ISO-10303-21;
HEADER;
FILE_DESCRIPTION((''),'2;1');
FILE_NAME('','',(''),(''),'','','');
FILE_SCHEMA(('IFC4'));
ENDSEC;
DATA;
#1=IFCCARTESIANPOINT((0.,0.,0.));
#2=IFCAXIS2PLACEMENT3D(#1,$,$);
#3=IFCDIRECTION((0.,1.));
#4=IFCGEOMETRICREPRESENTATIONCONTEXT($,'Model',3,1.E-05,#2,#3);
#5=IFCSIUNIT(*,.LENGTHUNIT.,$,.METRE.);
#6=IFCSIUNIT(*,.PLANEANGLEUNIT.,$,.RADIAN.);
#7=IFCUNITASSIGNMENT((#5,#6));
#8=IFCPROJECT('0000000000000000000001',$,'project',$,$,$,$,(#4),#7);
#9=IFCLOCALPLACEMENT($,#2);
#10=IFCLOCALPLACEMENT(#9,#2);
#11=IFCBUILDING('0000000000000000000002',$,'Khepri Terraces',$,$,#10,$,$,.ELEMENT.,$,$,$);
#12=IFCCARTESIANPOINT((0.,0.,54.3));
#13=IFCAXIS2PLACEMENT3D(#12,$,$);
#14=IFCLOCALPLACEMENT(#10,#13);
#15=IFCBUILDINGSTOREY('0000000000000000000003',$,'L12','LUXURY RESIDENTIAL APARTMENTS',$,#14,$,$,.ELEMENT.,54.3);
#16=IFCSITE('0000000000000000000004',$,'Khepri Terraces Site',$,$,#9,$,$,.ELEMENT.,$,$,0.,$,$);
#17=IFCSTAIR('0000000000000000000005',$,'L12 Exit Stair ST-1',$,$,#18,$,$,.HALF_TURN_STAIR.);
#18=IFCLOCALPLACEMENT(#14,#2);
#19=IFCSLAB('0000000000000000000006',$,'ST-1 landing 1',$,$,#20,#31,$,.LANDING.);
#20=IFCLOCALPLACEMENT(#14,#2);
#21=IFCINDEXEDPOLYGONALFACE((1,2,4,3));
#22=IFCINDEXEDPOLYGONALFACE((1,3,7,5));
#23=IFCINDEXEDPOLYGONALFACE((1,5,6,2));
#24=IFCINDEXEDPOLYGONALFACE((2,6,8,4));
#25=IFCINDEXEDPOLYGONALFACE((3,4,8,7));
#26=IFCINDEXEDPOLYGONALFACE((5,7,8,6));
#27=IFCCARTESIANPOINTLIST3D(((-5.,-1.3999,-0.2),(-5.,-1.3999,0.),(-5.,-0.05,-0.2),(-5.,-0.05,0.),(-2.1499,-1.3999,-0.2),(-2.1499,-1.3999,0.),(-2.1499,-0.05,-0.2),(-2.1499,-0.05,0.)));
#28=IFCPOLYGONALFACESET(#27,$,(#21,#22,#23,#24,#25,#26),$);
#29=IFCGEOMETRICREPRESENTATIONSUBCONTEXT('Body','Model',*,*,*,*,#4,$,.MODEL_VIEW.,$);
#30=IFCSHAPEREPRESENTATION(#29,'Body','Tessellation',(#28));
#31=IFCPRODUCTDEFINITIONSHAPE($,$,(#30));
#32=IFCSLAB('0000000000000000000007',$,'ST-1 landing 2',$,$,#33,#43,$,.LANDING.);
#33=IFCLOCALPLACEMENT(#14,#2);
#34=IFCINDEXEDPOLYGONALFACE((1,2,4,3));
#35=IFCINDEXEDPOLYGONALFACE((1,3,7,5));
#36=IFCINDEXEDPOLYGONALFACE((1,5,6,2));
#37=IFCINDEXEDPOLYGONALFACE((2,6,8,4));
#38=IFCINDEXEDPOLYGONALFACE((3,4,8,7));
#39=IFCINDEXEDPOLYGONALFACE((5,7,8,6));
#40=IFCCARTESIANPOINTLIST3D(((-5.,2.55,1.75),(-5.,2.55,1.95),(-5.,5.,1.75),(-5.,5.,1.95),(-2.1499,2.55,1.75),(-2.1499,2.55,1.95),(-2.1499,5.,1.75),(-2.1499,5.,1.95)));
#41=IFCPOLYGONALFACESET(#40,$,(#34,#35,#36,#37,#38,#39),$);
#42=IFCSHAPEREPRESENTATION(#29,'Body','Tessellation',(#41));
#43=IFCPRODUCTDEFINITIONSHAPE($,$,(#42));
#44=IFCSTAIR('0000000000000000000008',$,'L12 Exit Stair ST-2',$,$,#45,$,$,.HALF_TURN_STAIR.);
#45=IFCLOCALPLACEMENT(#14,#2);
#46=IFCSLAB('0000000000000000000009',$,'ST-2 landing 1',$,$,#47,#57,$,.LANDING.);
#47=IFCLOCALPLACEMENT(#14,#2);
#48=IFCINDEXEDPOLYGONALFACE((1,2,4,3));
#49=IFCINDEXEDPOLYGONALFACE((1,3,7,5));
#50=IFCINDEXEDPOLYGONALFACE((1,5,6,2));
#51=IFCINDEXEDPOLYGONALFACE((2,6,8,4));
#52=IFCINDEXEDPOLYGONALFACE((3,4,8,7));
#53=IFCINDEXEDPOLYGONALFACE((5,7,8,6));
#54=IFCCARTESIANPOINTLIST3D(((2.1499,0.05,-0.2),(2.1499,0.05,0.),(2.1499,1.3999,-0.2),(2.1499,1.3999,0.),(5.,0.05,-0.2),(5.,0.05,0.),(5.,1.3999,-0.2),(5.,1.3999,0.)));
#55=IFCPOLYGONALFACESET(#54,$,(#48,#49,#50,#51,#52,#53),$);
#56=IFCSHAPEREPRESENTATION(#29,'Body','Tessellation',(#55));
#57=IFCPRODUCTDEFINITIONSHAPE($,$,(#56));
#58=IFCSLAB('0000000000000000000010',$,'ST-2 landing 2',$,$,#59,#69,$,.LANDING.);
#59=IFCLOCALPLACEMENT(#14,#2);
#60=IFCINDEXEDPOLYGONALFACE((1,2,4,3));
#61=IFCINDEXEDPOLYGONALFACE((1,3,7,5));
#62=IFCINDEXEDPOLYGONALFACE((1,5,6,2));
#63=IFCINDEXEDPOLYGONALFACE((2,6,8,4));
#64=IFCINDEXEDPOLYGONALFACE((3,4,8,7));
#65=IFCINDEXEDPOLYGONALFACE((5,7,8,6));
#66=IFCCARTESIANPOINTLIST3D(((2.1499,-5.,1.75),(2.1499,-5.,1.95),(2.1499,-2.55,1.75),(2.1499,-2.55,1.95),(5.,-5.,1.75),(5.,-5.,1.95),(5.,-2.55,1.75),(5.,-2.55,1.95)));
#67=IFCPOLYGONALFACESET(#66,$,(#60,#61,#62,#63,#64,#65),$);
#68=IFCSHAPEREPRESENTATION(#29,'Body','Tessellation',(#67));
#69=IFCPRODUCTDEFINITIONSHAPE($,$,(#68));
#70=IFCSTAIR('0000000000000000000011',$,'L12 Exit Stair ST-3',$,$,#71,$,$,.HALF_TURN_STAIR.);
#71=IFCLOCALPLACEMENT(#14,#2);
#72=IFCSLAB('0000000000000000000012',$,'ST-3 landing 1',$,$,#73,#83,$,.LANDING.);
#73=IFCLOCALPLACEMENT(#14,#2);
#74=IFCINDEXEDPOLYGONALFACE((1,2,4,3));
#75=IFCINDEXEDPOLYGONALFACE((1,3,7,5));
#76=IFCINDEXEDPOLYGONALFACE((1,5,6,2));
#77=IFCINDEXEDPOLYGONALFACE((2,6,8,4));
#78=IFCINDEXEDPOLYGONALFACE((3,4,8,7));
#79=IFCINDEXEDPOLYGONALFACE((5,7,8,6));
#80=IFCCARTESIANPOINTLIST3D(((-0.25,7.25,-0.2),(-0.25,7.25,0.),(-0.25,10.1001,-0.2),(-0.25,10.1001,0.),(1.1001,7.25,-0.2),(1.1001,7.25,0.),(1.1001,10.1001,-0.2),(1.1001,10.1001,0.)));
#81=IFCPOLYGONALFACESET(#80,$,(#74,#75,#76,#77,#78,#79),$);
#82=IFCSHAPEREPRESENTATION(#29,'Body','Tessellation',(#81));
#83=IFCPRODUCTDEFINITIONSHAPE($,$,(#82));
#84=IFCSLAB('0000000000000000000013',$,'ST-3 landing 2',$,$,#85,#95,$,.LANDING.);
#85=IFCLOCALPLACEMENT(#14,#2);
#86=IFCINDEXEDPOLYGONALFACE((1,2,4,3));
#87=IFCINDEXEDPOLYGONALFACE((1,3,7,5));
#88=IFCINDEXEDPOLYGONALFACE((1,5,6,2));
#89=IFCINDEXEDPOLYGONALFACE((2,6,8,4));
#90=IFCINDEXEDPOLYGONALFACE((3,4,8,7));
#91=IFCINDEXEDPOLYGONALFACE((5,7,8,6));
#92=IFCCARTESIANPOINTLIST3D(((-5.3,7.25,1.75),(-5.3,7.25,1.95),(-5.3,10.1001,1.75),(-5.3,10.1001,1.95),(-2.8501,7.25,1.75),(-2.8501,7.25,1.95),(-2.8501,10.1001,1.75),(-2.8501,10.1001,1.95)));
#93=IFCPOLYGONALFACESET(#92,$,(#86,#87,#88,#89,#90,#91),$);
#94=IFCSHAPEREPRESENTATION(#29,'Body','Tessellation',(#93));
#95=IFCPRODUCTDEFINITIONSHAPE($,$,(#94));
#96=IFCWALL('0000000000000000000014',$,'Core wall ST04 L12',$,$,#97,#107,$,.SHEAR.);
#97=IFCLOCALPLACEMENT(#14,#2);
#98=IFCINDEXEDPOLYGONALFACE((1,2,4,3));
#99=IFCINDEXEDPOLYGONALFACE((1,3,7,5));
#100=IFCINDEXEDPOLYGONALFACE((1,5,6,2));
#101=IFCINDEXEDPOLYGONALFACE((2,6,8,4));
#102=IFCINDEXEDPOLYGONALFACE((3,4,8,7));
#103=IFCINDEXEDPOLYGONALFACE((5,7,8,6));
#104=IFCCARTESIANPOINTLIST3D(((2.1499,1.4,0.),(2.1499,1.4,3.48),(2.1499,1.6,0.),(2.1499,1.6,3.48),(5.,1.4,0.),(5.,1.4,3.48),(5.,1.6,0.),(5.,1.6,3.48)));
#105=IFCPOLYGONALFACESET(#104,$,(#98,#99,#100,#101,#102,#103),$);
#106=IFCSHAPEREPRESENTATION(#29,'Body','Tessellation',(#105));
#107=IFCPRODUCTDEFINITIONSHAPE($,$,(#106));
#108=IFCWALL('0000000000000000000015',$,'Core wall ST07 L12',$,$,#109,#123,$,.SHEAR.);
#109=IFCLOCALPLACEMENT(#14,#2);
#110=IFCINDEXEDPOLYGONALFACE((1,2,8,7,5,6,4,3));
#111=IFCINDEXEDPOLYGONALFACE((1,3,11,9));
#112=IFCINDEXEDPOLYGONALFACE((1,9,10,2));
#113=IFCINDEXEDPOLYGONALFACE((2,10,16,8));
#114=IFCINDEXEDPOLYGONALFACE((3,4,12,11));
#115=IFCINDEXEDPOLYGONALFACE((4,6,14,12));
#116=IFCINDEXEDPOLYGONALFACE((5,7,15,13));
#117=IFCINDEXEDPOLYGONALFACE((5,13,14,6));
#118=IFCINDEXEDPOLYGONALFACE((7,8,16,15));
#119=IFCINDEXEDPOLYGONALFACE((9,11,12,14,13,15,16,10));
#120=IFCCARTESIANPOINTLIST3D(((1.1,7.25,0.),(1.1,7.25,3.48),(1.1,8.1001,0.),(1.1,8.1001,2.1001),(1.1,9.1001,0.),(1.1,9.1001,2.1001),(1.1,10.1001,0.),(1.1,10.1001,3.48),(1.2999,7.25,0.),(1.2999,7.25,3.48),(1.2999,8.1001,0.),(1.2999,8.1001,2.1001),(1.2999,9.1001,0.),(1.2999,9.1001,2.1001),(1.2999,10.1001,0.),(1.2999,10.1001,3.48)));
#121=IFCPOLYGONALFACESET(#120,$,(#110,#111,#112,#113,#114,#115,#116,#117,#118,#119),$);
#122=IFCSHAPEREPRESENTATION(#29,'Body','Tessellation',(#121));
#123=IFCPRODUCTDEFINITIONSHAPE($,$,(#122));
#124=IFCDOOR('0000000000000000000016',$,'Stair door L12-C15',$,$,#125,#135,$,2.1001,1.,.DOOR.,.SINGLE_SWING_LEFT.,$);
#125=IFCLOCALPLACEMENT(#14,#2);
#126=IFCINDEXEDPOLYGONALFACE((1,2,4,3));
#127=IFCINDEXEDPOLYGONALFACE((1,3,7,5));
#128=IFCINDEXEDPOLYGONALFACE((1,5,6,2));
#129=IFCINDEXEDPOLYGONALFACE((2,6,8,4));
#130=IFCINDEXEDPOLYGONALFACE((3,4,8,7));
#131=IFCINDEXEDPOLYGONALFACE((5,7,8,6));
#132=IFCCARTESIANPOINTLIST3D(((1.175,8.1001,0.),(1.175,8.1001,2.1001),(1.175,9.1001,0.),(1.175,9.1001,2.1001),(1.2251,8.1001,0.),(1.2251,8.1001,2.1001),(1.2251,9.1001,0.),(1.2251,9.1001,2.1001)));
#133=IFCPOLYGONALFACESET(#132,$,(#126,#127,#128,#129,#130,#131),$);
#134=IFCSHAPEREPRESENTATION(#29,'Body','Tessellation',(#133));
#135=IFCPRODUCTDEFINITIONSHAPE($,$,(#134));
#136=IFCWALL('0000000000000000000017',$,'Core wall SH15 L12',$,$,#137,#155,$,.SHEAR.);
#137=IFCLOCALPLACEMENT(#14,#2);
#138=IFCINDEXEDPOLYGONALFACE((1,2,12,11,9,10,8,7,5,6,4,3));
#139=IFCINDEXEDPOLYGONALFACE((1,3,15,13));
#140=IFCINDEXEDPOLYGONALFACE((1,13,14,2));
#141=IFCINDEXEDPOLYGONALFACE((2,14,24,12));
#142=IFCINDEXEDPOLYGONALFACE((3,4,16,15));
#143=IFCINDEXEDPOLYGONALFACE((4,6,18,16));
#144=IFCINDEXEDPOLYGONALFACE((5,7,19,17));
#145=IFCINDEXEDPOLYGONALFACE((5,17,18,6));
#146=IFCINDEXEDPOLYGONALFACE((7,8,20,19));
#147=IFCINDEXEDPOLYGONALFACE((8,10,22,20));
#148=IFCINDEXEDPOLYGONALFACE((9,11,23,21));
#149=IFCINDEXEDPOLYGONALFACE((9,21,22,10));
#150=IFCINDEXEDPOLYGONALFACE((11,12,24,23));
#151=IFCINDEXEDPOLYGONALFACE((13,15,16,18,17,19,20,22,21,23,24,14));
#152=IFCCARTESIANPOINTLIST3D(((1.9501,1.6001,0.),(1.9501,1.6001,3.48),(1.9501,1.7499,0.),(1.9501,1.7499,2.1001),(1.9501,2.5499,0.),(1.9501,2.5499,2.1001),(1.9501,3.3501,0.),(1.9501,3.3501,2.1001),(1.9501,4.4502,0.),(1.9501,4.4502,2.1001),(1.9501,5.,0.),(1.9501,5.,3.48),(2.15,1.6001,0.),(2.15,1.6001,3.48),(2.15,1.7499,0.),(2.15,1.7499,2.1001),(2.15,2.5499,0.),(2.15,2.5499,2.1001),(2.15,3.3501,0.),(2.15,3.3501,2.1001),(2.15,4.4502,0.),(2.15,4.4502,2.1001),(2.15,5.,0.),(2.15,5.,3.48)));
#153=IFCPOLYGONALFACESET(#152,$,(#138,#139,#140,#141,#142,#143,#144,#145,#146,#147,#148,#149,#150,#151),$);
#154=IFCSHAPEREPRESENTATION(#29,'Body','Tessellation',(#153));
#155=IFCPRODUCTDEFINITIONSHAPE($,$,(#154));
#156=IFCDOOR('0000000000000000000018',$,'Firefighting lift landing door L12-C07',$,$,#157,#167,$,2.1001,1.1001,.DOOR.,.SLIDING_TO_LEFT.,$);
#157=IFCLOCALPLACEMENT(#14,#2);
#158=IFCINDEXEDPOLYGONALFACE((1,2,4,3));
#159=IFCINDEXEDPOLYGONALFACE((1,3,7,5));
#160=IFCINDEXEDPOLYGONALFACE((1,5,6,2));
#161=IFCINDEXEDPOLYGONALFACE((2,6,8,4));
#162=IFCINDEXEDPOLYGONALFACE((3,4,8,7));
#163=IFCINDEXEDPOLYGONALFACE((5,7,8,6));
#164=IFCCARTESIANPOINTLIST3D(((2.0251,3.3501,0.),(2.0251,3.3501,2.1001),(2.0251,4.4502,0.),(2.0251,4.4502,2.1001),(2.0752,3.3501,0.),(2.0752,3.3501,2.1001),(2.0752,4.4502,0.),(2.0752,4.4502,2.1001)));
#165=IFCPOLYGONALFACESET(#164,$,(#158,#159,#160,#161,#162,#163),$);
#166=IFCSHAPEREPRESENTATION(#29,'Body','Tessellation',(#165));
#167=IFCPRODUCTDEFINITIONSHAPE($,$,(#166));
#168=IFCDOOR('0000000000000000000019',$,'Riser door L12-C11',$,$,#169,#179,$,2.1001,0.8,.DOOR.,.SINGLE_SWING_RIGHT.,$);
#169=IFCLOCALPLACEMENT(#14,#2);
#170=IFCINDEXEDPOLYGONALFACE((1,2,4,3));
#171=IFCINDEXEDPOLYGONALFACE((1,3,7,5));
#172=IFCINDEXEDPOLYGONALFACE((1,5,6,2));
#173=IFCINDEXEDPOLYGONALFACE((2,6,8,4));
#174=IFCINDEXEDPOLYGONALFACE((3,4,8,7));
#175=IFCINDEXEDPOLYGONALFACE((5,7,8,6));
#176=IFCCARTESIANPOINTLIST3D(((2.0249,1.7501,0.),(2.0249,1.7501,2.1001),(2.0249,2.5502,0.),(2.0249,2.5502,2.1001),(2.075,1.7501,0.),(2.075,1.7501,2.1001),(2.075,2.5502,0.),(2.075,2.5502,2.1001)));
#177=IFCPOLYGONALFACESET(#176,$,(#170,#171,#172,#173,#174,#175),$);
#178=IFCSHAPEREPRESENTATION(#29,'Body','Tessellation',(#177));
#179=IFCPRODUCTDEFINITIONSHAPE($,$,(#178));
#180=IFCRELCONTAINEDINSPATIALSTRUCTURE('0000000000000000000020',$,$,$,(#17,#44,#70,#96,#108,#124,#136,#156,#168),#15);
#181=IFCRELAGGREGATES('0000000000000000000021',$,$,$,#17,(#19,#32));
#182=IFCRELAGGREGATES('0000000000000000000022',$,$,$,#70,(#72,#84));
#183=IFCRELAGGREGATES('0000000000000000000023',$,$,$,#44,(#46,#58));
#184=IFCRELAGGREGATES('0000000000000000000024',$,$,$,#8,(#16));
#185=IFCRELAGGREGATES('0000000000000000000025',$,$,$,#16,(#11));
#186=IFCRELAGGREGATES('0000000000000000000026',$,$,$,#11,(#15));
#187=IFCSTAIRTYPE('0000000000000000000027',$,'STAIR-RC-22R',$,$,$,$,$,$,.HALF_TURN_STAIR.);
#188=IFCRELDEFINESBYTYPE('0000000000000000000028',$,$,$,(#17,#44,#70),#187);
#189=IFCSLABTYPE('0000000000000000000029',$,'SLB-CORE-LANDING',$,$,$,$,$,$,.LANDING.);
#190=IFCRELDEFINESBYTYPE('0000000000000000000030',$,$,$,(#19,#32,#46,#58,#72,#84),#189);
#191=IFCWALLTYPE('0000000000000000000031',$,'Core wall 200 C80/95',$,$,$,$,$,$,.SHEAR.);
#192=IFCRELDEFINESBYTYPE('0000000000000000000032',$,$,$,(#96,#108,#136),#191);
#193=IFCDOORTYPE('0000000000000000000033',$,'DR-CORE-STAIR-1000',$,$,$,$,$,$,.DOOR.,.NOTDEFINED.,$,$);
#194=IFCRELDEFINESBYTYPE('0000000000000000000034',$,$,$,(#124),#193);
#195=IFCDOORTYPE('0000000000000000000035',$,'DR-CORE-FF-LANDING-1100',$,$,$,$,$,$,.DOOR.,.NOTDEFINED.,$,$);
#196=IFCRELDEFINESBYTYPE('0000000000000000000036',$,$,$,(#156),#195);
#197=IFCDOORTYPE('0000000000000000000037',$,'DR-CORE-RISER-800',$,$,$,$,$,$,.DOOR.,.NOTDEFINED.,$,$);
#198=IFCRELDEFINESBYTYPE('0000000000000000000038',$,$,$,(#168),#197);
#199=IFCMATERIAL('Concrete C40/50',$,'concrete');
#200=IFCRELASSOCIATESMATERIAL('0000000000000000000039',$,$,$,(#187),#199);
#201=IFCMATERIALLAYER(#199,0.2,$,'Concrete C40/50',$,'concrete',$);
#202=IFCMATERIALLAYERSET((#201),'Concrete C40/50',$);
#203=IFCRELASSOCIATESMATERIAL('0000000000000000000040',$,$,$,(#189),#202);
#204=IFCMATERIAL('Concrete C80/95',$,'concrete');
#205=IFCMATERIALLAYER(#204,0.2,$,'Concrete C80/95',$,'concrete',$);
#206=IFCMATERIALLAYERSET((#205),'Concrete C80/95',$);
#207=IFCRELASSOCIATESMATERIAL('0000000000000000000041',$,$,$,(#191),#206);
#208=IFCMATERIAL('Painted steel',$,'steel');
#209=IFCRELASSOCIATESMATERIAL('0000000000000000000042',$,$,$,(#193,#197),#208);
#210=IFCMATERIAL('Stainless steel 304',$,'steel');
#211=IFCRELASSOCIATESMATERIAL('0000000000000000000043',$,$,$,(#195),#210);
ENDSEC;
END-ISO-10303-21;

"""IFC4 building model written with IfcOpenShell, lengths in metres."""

from ifc_helpers import new_model, si_unit, direction, frame, frame_2d, origin, place, context, subcontext, project, spatial, polyline, rectangle, outline, extrude, material, layer, layer_set, type_object, element, fill, aggregate, save


model = new_model("IFC4")

# Units and contexts
model_context = context("Model", 3, precision=1e-05, world=origin(), true_north=direction((0.0, 1.0)))
body_context = subcontext(model_context, "Body", "Model", "MODEL_VIEW")
ifc_project = project(units=[si_unit("LENGTHUNIT", "METRE"), si_unit("PLANEANGLEUNIT", "RADIAN")], contexts=[model_context])

# Site, building, storey
site_placement = place(None, origin())
site = spatial("IfcSite", under=ifc_project, at=site_placement, Name="Khepri Terraces Site", CompositionType="ELEMENT", RefElevation=0.0)
building_placement = place(site_placement, origin())
building = spatial("IfcBuilding", under=site, at=building_placement, Name="Khepri Terraces", CompositionType="ELEMENT")
storey_placement = place(building_placement, frame((0.0, 0.0, 54.3)))
storey = spatial("IfcBuildingStorey", under=building, at=storey_placement, Name="L12", Description="LUXURY RESIDENTIAL APARTMENTS", CompositionType="ELEMENT", Elevation=54.3)

# Stairs, slabs
ifc_material_1 = material(Name="Concrete C40/50", Category="concrete")
stair_type = type_object("IfcStairType", Name="STAIR-RC-22R", PredefinedType="HALF_TURN_STAIR", material=ifc_material_1)
stair_1_placement = place(storey_placement, origin())
stair_1 = element("IfcStair", 1, at=stair_1_placement, inside=storey, type_object=stair_type, Name="L12 Exit Stair ST-1", PredefinedType="HALF_TURN_STAIR")
ifc_layer_1 = layer(ifc_material_1, 0.2, Name="Concrete C40/50", Category="concrete")
ifc_layer_set_1 = layer_set([ifc_layer_1], Name="Concrete C40/50")
slab_type = type_object("IfcSlabType", Name="SLB-CORE-LANDING", PredefinedType="LANDING", material=ifc_layer_set_1)
slab_1_placement = place(storey_placement, frame((0.0, 0.0, -0.2)))
slab_1 = element("IfcSlab", 2, at=slab_1_placement, type_object=slab_type, Name="ST-1 landing 1", PredefinedType="LANDING", context=body_context, shape_type="SweptSolid", body=[
    extrude(outline(polyline([(-2.1499, -1.3999), (-2.1499, -0.05), (-5.0, -0.05), (-5.0, -1.3999), (-2.1499, -1.3999)])), origin(), (0.0, 0.0, 1.0), 0.2),
])
slab_2_placement = place(storey_placement, frame((0.0, 0.0, 1.75)))
slab_2 = element("IfcSlab", 3, at=slab_2_placement, type_object=slab_type, Name="ST-1 landing 2", PredefinedType="LANDING", context=body_context, shape_type="SweptSolid", body=[
    extrude(outline(polyline([(-2.1499, 2.55), (-2.1499, 5.0), (-5.0, 5.0), (-5.0, 2.55), (-2.1499, 2.55)])), origin(), (0.0, 0.0, 1.0), 0.2),
])
aggregate(stair_1, [slab_1, slab_2])
stair_2_placement = place(storey_placement, origin())
stair_2 = element("IfcStair", 4, at=stair_2_placement, inside=storey, type_object=stair_type, Name="L12 Exit Stair ST-2", PredefinedType="HALF_TURN_STAIR")
slab_3_placement = place(storey_placement, frame((0.0, 0.0, -0.2)))
slab_3 = element("IfcSlab", 5, at=slab_3_placement, type_object=slab_type, Name="ST-2 landing 1", PredefinedType="LANDING", context=body_context, shape_type="SweptSolid", body=[
    extrude(outline(polyline([(2.1499, 1.3999), (2.1499, 0.05), (5.0, 0.05), (5.0, 1.3999), (2.1499, 1.3999)])), origin(), (0.0, 0.0, 1.0), 0.2),
])
slab_4_placement = place(storey_placement, frame((0.0, 0.0, 1.75)))
slab_4 = element("IfcSlab", 6, at=slab_4_placement, type_object=slab_type, Name="ST-2 landing 2", PredefinedType="LANDING", context=body_context, shape_type="SweptSolid", body=[
    extrude(outline(polyline([(2.1499, -2.55), (2.1499, -5.0), (5.0, -5.0), (5.0, -2.55), (2.1499, -2.55)])), origin(), (0.0, 0.0, 1.0), 0.2),
])
stair_3_placement = place(storey_placement, origin())
stair_3 = element("IfcStair", 7, at=stair_3_placement, inside=storey, type_object=stair_type, Name="L12 Exit Stair ST-3", PredefinedType="HALF_TURN_STAIR")
slab_5_placement = place(storey_placement, frame((0.0, 0.0, -0.2)))
slab_5 = element("IfcSlab", 8, at=slab_5_placement, type_object=slab_type, Name="ST-3 landing 1", PredefinedType="LANDING", context=body_context, shape_type="SweptSolid", body=[
    extrude(outline(polyline([(1.1001, 10.1001), (-0.25, 10.1001), (-0.25, 7.25), (1.1001, 7.25), (1.1001, 10.1001)])), origin(), (0.0, 0.0, 1.0), 0.2),
])
slab_6_placement = place(storey_placement, frame((0.0, 0.0, 1.75)))
slab_6 = element("IfcSlab", 9, at=slab_6_placement, type_object=slab_type, Name="ST-3 landing 2", PredefinedType="LANDING", context=body_context, shape_type="SweptSolid", body=[
    extrude(outline(polyline([(-2.8501, 10.1001), (-5.3, 10.1001), (-5.3, 7.25), (-2.8501, 7.25), (-2.8501, 10.1001)])), origin(), (0.0, 0.0, 1.0), 0.2),
])
aggregate(stair_3, [slab_5, slab_6])

# Wall
ifc_material_2 = material(Name="Concrete C80/95", Category="concrete")
ifc_layer_2 = layer(ifc_material_2, 0.2, Name="Concrete C80/95", Category="concrete")
ifc_layer_set_2 = layer_set([ifc_layer_2], Name="Concrete C80/95")
wall_type = type_object("IfcWallType", Name="Core wall 200 C80/95", PredefinedType="SHEAR", material=ifc_layer_set_2)
wall_1_placement = place(storey_placement, frame((2.1499, 1.5, 0.0), z_axis=(0.0, 0.0, 1.0), x_axis=(1.0, 0.0, 0.0)))
element("IfcWall", 10, at=wall_1_placement, inside=storey, type_object=wall_type, Name="Core wall ST04 L12", PredefinedType="SHEAR", context=body_context, shape_type="SweptSolid", body=[
    extrude(rectangle(XDim=2.8501, YDim=0.2, at=frame_2d((1.425, 0.0))), origin(), (0.0, 0.0, 1.0), 3.48),
])

# Wall, opening, door
wall_2_placement = place(storey_placement, frame((1.2, 7.25, 0.0), z_axis=(0.0, 0.0, 1.0), x_axis=(0.0, 1.0, 0.0)))
wall_2 = element("IfcWall", 11, at=wall_2_placement, inside=storey, type_object=wall_type, Name="Core wall ST07 L12", PredefinedType="SHEAR", context=body_context, shape_type="SweptSolid", body=[
    extrude(rectangle(XDim=2.8501, YDim=0.2, at=frame_2d((1.425, 0.0))), origin(), (0.0, 0.0, 1.0), 3.48),
])
opening_1_placement = place(wall_2_placement, frame((0.8501, 0.0, 0.0)))
opening_1 = element("IfcOpeningElement", 12, at=opening_1_placement, cuts=wall_2, PredefinedType="OPENING", context=body_context, shape_type="SweptSolid", body=[
    extrude(rectangle(XDim=1.0, YDim=2.1001, at=frame_2d((0.5, 1.05))), frame((0.0, 0.1099, 0.0), z_axis=(0.0, -1.0, 0.0), x_axis=(1.0, 0.0, 0.0)), (0.0, 0.0, 1.0), 0.22),
])
ifc_material_3 = material(Name="Painted steel", Category="steel")
door_type_1 = type_object("IfcDoorType", Name="DR-CORE-STAIR-1000", OperationType="NOTDEFINED", PredefinedType="DOOR", material=ifc_material_3)
door_1_placement = place(opening_1_placement, origin())
door_1 = element("IfcDoor", 13, at=door_1_placement, inside=storey, type_object=door_type_1, Name="Stair door L12-C15", OperationType="SINGLE_SWING_LEFT", OverallHeight=2.1001, OverallWidth=1.0, PredefinedType="DOOR", context=body_context, shape_type="SweptSolid", body=[
    extrude(rectangle(XDim=1.0, YDim=2.1001, at=frame_2d((0.5, 1.05))), frame((0.0, 0.0249, 0.0), z_axis=(0.0, -1.0, 0.0), x_axis=(1.0, 0.0, 0.0)), (0.0, 0.0, 1.0), 0.05),
])
fill(opening_1, door_1)

# Wall, openings, doors
wall_3_placement = place(storey_placement, frame((2.05, 1.6001, 0.0), z_axis=(0.0, 0.0, 1.0), x_axis=(0.0, 1.0, 0.0)))
wall_3 = element("IfcWall", 14, at=wall_3_placement, inside=storey, type_object=wall_type, Name="Core wall SH15 L12", PredefinedType="SHEAR", context=body_context, shape_type="SweptSolid", body=[
    extrude(rectangle(XDim=3.3999, YDim=0.2, at=frame_2d((1.7, 0.0))), origin(), (0.0, 0.0, 1.0), 3.48),
])
opening_2_placement = place(wall_3_placement, frame((1.75, 0.0, 0.0)))
opening_2 = element("IfcOpeningElement", 15, at=opening_2_placement, cuts=wall_3, PredefinedType="OPENING", context=body_context, shape_type="SweptSolid", body=[
    extrude(rectangle(XDim=1.1001, YDim=2.1001, at=frame_2d((0.55, 1.05))), frame((0.0, 0.1099, 0.0), z_axis=(0.0, -1.0, 0.0), x_axis=(1.0, 0.0, 0.0)), (0.0, 0.0, 1.0), 0.22),
])
opening_3_placement = place(wall_3_placement, frame((0.1499, 0.0, 0.0)))
opening_3 = element("IfcOpeningElement", 16, at=opening_3_placement, cuts=wall_3, PredefinedType="OPENING", context=body_context, shape_type="SweptSolid", body=[
    extrude(rectangle(XDim=0.8, YDim=2.1001, at=frame_2d((0.3999, 1.05))), frame((0.0, 0.1099, 0.0), z_axis=(0.0, -1.0, 0.0), x_axis=(1.0, 0.0, 0.0)), (0.0, 0.0, 1.0), 0.22),
])
ifc_material_4 = material(Name="Stainless steel 304", Category="steel")
door_type_2 = type_object("IfcDoorType", Name="DR-CORE-FF-LANDING-1100", OperationType="NOTDEFINED", PredefinedType="DOOR", material=ifc_material_4)
door_2_placement = place(opening_2_placement, origin())
door_2 = element("IfcDoor", 17, at=door_2_placement, inside=storey, type_object=door_type_2, Name="Firefighting lift landing door L12-C07", OperationType="SLIDING_TO_LEFT", OverallHeight=2.1001, OverallWidth=1.1001, PredefinedType="DOOR", context=body_context, shape_type="SweptSolid", body=[
    extrude(rectangle(XDim=1.1001, YDim=2.1001, at=frame_2d((0.55, 1.05))), frame((0.0, 0.0249, 0.0), z_axis=(0.0, -1.0, 0.0), x_axis=(1.0, 0.0, 0.0)), (0.0, 0.0, 1.0), 0.05),
])
fill(opening_2, door_2)
door_type_3 = type_object("IfcDoorType", Name="DR-CORE-RISER-800", OperationType="NOTDEFINED", PredefinedType="DOOR", material=ifc_material_3)
door_3_placement = place(opening_3_placement, frame((0.8, 0.0, 0.0), z_axis=(0.0, 0.0, 1.0), x_axis=(-1.0, 0.0, 0.0)))
door_3 = element("IfcDoor", 18, at=door_3_placement, inside=storey, type_object=door_type_3, Name="Riser door L12-C11", OperationType="SINGLE_SWING_RIGHT", OverallHeight=2.1001, OverallWidth=0.8, PredefinedType="DOOR", context=body_context, shape_type="SweptSolid", body=[
    extrude(rectangle(XDim=0.8, YDim=2.1001, at=frame_2d((0.3999, 1.05))), frame((0.0, 0.0249, 0.0), z_axis=(0.0, -1.0, 0.0), x_axis=(1.0, 0.0, 0.0)), (0.0, 0.0, 1.0), 0.05),
])
fill(opening_3, door_3)

aggregate(stair_2, [slab_3, slab_4])

save(model, "model.ifc")
